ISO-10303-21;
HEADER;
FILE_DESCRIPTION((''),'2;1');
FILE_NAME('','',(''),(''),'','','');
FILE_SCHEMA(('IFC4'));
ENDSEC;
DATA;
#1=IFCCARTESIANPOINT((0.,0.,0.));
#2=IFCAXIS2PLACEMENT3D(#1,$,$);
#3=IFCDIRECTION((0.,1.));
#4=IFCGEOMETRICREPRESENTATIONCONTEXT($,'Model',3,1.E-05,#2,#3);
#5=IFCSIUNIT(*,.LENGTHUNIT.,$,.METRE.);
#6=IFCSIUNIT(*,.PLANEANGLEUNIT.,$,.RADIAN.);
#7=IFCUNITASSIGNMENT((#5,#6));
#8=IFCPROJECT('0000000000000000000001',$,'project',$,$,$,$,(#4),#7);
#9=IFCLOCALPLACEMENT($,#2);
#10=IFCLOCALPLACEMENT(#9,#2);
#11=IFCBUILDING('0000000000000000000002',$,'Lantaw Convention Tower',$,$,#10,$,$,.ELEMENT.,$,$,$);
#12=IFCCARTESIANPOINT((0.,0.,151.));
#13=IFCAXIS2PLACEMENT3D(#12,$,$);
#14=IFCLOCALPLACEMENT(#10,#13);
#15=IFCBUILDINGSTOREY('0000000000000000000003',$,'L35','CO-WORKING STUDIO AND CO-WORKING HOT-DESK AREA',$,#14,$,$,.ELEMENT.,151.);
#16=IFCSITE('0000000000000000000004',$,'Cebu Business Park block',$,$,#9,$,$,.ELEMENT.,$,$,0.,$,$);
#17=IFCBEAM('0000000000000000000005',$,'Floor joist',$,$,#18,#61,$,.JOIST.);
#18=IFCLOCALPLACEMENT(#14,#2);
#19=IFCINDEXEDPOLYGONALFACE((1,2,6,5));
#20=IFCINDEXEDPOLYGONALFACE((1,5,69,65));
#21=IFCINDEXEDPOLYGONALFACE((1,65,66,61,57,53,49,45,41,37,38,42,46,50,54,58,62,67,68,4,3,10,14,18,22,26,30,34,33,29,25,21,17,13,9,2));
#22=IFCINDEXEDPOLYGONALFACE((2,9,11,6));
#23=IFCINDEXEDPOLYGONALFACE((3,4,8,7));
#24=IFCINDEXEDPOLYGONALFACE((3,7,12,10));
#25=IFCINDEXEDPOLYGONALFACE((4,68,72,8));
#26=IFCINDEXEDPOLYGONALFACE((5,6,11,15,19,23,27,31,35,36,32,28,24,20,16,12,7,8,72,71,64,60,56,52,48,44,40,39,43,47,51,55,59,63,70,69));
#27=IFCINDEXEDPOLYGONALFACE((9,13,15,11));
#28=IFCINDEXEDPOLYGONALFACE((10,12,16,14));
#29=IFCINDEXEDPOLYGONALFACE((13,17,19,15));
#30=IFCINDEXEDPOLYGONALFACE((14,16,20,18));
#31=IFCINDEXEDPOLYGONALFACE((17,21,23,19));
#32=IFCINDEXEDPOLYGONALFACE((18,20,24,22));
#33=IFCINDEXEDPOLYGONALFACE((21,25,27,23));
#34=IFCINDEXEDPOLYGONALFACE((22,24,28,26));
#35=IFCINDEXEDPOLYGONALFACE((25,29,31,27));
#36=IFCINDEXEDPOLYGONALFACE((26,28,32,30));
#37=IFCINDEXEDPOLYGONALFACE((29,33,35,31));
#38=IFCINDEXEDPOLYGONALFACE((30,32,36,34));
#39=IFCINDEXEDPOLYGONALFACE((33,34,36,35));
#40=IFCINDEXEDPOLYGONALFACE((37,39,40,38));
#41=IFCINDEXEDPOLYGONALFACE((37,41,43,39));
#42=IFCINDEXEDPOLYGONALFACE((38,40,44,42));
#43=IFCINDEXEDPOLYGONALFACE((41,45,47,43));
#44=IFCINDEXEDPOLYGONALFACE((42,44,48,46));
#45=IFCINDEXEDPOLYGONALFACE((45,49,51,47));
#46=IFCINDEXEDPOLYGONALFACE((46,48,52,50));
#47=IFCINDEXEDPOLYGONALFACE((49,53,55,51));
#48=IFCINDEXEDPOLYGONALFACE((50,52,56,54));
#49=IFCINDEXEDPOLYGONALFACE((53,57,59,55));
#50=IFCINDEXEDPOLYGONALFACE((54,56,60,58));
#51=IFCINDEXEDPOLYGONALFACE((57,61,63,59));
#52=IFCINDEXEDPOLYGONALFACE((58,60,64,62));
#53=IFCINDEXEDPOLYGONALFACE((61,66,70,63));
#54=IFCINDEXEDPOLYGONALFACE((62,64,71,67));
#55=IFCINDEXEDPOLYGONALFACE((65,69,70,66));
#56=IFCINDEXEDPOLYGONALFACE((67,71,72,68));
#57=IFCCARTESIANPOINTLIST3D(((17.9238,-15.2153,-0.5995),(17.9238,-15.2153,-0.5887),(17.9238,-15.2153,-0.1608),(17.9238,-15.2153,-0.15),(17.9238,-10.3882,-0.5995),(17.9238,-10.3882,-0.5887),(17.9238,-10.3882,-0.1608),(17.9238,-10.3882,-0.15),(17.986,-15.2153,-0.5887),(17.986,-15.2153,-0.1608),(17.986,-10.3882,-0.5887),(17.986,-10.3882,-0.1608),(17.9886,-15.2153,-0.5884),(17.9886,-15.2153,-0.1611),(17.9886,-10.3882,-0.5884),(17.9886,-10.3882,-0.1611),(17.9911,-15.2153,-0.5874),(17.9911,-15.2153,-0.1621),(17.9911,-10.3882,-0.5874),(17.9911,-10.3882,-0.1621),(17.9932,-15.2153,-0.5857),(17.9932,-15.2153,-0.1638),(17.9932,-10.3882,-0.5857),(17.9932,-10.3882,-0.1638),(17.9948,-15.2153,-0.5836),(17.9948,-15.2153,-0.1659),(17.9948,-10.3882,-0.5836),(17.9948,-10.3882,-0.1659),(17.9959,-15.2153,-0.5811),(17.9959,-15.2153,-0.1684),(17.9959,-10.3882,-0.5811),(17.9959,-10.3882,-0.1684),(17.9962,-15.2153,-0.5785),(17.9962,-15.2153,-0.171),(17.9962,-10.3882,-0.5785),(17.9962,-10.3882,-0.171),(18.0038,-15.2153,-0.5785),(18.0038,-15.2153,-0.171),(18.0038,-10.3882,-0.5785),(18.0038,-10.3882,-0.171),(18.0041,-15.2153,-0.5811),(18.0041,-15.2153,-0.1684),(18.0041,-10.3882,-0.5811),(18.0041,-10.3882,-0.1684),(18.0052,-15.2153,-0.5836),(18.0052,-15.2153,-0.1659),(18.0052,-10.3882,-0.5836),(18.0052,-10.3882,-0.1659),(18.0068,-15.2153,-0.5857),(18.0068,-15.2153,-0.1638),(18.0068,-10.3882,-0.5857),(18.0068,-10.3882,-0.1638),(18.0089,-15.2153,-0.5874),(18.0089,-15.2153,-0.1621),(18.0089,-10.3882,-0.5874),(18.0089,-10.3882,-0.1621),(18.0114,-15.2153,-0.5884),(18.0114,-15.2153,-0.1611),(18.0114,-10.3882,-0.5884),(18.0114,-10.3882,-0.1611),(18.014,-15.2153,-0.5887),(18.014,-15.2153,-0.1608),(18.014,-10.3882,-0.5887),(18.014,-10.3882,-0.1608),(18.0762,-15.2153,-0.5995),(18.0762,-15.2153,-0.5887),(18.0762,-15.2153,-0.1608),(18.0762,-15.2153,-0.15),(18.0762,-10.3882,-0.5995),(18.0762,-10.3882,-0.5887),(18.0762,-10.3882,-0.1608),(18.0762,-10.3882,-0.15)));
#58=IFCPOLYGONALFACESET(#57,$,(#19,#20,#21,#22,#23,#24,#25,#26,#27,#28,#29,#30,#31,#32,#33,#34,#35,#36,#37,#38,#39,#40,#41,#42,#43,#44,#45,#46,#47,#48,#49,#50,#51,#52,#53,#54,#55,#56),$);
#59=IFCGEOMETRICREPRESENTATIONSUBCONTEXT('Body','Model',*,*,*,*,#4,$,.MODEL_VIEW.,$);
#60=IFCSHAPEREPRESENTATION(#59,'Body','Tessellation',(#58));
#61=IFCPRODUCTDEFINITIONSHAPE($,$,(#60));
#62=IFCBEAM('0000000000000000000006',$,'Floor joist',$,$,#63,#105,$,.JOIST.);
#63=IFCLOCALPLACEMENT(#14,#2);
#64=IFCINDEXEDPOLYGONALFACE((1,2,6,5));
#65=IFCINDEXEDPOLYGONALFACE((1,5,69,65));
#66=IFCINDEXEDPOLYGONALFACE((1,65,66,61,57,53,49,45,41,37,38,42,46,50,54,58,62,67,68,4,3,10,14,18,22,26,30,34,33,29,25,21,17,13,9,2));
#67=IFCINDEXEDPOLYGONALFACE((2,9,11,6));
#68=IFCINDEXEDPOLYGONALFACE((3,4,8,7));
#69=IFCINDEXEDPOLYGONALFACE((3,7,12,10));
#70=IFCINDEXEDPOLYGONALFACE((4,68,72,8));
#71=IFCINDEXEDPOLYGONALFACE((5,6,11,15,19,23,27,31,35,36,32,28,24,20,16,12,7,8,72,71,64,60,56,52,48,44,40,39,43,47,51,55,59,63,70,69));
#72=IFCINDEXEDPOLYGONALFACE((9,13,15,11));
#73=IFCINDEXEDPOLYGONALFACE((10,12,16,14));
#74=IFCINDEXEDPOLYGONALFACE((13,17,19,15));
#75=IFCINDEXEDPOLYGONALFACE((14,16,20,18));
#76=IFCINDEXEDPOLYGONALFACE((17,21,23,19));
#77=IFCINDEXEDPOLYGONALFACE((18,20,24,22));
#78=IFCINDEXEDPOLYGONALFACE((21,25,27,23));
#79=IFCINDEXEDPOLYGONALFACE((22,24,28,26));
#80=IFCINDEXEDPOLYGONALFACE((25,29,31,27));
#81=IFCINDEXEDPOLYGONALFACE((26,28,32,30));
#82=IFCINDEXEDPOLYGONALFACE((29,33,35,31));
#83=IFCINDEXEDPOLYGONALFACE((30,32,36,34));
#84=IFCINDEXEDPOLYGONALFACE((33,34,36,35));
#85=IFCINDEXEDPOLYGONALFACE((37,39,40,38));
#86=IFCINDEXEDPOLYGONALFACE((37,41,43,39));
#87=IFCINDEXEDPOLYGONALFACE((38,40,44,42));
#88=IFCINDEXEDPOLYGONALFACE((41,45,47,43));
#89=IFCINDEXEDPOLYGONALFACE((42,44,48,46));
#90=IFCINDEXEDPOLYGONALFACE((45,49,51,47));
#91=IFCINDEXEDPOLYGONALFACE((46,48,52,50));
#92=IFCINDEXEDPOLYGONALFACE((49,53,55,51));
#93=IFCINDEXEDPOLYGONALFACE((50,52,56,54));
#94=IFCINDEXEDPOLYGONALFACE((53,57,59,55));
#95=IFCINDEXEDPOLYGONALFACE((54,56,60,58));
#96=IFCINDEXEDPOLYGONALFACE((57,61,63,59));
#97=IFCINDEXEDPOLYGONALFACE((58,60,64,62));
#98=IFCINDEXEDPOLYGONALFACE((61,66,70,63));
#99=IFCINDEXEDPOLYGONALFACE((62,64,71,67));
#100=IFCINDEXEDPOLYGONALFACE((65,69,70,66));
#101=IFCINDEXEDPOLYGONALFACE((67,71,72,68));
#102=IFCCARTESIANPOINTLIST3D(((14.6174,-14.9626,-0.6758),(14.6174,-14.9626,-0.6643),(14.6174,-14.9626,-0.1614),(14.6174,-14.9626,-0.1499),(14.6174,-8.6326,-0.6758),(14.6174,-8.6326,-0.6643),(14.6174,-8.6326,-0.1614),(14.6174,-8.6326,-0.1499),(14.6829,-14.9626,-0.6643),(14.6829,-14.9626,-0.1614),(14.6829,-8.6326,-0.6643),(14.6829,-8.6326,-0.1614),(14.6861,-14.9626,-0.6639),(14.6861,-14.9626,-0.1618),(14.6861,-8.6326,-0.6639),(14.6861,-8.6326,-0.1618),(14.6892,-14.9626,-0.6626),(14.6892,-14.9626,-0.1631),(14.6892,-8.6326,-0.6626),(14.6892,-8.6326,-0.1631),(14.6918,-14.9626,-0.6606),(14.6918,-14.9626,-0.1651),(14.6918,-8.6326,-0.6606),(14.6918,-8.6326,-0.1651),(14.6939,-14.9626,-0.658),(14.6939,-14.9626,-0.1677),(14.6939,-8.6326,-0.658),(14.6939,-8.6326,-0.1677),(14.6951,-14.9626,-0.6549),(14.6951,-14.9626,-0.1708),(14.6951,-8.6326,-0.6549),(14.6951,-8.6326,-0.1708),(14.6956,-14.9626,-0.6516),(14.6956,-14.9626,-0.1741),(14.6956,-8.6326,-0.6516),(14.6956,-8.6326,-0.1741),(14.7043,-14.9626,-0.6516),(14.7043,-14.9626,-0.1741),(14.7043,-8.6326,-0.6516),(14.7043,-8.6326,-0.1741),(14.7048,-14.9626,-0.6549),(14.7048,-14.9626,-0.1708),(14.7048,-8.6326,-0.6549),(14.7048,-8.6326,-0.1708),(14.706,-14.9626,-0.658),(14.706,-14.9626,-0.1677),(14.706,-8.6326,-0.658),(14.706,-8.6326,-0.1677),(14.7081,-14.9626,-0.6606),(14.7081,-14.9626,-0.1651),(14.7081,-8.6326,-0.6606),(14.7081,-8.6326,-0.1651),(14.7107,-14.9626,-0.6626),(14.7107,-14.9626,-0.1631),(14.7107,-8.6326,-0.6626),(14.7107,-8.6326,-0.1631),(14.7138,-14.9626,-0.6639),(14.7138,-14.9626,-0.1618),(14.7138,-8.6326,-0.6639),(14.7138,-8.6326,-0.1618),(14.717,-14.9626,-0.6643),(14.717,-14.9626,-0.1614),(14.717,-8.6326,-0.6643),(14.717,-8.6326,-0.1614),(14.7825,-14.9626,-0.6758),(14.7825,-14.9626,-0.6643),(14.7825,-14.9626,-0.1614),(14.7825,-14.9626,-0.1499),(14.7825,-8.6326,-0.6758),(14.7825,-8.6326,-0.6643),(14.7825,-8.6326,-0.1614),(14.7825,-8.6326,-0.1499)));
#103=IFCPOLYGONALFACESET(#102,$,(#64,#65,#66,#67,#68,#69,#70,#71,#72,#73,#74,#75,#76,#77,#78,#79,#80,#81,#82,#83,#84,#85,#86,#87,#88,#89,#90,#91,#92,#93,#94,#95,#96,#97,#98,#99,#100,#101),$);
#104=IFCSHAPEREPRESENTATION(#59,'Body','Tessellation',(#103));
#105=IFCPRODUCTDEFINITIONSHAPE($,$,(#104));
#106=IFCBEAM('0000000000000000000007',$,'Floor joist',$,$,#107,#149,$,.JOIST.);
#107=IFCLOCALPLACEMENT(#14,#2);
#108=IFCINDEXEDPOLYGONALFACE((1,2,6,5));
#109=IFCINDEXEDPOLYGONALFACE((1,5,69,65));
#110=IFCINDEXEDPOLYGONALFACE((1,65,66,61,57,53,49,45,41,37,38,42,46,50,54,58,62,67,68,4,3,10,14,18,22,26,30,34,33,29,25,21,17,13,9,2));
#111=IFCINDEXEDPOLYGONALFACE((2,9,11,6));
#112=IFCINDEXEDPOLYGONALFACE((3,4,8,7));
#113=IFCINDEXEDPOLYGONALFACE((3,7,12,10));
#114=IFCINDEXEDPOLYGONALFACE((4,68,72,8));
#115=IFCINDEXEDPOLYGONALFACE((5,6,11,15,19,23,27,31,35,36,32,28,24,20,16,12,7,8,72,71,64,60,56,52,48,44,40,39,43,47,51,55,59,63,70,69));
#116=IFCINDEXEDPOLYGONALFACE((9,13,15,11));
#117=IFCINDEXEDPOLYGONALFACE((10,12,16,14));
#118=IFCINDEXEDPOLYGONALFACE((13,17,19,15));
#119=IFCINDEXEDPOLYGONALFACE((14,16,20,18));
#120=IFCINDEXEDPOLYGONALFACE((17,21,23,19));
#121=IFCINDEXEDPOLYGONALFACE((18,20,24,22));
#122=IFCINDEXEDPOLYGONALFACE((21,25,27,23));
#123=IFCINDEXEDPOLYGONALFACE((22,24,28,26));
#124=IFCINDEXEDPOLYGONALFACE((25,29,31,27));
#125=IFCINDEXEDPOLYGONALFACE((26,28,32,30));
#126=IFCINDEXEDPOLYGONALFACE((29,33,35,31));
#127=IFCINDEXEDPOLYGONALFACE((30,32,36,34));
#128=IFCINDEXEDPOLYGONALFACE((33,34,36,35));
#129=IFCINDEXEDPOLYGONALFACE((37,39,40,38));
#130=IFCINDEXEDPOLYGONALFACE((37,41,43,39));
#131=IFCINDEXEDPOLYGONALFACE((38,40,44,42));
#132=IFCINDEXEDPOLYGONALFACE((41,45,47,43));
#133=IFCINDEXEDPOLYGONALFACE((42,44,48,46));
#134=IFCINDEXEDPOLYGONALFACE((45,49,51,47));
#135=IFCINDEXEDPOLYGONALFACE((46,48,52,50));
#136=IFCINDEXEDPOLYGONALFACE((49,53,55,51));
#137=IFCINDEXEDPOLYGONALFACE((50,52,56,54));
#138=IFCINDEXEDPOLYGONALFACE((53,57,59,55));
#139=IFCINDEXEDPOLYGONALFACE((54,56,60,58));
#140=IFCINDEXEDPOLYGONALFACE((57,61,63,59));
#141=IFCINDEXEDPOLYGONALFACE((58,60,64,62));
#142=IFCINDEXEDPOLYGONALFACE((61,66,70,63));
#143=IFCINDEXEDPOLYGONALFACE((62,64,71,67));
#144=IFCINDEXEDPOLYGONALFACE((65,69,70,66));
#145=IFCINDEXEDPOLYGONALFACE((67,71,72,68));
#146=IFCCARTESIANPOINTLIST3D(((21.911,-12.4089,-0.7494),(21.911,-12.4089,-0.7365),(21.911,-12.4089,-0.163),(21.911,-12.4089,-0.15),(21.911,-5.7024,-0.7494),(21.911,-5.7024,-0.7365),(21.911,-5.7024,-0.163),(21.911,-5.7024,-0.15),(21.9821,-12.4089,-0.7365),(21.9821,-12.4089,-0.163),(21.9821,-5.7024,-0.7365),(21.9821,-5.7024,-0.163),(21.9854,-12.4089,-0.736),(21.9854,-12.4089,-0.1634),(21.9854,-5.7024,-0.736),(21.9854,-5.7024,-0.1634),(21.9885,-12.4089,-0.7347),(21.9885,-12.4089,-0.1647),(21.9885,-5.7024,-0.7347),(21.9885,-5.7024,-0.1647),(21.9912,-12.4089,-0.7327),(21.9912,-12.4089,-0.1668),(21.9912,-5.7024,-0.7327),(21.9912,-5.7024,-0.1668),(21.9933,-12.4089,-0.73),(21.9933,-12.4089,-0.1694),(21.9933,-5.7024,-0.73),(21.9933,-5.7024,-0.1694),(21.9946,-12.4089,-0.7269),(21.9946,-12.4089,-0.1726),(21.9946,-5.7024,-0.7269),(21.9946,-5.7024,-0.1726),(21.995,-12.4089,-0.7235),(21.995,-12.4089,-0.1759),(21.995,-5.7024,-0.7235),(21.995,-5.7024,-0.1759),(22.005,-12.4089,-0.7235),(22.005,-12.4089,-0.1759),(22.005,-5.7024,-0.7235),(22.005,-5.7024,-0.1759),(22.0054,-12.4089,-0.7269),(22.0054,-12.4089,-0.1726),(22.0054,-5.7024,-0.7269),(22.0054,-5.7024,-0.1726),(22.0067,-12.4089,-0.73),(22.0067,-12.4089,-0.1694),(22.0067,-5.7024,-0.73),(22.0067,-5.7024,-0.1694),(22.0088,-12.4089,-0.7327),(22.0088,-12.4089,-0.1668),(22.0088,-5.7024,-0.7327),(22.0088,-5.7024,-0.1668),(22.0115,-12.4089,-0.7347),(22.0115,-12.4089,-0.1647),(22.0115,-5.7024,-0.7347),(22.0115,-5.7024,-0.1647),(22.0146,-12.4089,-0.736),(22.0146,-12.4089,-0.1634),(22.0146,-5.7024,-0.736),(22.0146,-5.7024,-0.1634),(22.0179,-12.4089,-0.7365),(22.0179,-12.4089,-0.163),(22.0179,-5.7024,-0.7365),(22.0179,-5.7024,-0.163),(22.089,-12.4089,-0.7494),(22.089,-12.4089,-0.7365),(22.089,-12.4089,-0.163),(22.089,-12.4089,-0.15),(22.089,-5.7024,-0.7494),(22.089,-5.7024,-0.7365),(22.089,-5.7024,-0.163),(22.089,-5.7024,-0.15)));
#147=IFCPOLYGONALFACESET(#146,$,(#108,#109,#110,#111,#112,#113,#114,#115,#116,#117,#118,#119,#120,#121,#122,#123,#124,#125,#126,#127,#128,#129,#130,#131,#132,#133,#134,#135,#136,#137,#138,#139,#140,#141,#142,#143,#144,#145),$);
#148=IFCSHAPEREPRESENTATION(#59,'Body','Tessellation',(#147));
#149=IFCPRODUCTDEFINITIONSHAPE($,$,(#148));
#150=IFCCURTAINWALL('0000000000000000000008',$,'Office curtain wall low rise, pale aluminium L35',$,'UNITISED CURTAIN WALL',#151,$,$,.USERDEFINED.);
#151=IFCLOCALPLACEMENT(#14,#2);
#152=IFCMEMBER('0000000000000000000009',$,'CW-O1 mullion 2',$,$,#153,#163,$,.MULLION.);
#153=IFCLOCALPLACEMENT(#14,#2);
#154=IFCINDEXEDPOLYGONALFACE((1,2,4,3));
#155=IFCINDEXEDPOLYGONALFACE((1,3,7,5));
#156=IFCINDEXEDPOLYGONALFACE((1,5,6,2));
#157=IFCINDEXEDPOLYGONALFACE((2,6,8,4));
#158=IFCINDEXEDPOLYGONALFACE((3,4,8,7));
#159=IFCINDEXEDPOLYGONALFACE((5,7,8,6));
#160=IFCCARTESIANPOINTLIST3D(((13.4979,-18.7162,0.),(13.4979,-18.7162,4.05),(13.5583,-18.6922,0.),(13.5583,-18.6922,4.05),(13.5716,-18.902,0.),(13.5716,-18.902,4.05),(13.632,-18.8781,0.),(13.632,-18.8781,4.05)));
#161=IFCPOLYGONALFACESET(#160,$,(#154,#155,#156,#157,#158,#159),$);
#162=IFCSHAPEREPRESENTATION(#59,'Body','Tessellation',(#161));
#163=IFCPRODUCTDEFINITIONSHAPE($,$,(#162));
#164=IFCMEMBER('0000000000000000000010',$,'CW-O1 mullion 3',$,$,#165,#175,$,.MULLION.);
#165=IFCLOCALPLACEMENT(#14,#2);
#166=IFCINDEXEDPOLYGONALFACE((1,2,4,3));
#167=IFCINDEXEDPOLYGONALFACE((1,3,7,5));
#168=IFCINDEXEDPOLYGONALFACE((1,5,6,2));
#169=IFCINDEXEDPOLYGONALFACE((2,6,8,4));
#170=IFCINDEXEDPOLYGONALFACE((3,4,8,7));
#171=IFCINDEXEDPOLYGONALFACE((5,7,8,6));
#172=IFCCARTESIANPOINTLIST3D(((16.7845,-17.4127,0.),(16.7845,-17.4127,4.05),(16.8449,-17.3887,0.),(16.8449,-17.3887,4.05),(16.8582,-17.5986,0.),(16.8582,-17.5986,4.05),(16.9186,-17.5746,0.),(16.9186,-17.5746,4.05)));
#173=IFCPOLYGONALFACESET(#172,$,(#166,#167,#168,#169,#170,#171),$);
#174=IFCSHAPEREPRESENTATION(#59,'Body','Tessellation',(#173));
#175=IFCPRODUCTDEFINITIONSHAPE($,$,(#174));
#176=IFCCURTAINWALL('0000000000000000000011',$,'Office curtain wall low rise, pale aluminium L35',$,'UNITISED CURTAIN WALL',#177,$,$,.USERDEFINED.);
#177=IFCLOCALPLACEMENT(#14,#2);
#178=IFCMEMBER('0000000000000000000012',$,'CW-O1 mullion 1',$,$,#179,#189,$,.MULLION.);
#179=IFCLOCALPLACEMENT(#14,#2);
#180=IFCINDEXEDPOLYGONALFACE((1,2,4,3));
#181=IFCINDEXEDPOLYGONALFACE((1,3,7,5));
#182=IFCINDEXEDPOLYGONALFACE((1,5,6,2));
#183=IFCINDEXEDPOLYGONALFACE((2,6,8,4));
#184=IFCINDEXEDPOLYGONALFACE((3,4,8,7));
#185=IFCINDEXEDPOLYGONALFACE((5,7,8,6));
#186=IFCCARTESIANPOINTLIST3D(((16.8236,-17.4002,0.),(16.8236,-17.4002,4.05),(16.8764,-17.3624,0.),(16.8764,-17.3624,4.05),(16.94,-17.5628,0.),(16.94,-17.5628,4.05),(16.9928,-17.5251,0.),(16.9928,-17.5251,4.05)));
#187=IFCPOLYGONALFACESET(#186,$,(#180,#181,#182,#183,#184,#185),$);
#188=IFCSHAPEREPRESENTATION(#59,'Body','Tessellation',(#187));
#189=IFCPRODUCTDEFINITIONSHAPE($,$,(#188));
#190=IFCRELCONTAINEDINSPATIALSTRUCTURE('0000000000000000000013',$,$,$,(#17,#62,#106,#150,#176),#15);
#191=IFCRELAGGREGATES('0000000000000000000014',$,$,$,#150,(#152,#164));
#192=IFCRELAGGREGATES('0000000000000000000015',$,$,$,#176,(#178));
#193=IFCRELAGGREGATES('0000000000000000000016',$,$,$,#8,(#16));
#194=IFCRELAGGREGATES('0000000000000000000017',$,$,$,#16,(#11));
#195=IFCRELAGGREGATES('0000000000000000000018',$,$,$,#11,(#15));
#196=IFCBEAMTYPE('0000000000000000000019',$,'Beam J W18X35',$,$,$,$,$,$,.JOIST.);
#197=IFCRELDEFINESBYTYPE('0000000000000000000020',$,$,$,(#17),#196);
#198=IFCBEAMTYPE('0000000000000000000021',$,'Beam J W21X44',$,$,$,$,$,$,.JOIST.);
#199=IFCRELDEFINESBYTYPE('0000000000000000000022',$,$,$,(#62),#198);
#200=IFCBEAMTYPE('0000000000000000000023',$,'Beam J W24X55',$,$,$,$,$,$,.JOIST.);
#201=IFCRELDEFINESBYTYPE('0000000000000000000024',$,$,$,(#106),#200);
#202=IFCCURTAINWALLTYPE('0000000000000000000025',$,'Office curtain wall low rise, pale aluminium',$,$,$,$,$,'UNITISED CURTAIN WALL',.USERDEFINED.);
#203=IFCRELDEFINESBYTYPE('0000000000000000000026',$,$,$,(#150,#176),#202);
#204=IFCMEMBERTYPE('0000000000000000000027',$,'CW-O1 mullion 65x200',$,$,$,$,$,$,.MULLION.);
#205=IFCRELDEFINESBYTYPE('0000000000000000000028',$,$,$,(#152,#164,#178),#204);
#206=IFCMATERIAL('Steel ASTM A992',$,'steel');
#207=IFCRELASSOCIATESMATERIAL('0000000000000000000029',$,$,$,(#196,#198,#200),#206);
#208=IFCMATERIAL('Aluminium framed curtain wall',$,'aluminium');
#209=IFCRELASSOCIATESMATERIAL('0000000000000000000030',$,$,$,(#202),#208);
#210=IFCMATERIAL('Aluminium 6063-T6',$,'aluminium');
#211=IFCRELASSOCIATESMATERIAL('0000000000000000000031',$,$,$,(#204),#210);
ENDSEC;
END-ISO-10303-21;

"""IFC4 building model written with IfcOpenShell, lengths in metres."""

from ifc_helpers import new_model, si_unit, direction, frame, origin, origin_2d, place, context, subcontext, project, spatial, rectangle, i_section, extrude, material, material_profile, profile_set, type_object, element, aggregate, save


model = new_model("IFC4")

# Units and contexts
model_context = context("Model", 3, precision=1e-05, world=origin(), true_north=direction((0.0, 1.0)))
body_context = subcontext(model_context, "Body", "Model", "MODEL_VIEW")
ifc_project = project(units=[si_unit("LENGTHUNIT", "METRE"), si_unit("PLANEANGLEUNIT", "RADIAN")], contexts=[model_context])

# Site, building, storey
site_placement = place(None, origin())
site = spatial("IfcSite", under=ifc_project, at=site_placement, Name="Cebu Business Park block", CompositionType="ELEMENT", RefElevation=0.0)
building_placement = place(site_placement, origin())
building = spatial("IfcBuilding", under=site, at=building_placement, Name="Lantaw Convention Tower", CompositionType="ELEMENT")
storey_placement = place(building_placement, frame((0.0, 0.0, 151.0)))
storey = spatial("IfcBuildingStorey", under=building, at=storey_placement, Name="L35", Description="CO-WORKING STUDIO AND CO-WORKING HOT-DESK AREA", CompositionType="ELEMENT", Elevation=151.0)

# Beams
ifc_material_1 = material(Name="Steel ASTM A992", Category="steel")
ifc_material_profile_1 = material_profile(ifc_material_1, i_section(OverallWidth=0.1523, OverallDepth=0.4495, WebThickness=0.0076, FlangeThickness=0.0107, FilletRadius=0.0103, at=origin_2d()), Name="W18X35")
ifc_profile_set_1 = profile_set([ifc_material_profile_1], Name="Steel ASTM A992")
beam_type_1 = type_object("IfcBeamType", Name="Beam J W18X35", PredefinedType="JOIST", material=ifc_profile_set_1)
beam_1_placement = place(storey_placement, frame((18.0, -15.2153, -0.3748), z_axis=(0.0, 1.0, 0.0), x_axis=(-1.0, 0.0, 0.0)))
element("IfcBeam", 1, at=beam_1_placement, inside=storey, type_object=beam_type_1, Name="Floor joist", PredefinedType="JOIST", context=body_context, shape_type="SweptSolid", body=[
    extrude(i_section(OverallWidth=0.1523, OverallDepth=0.4495, WebThickness=0.0076, FlangeThickness=0.0107, FilletRadius=0.0103, at=origin_2d()), origin(), (0.0, 0.0, 1.0), 4.8271),
])
ifc_material_profile_2 = material_profile(ifc_material_1, i_section(OverallWidth=0.165, OverallDepth=0.5259, WebThickness=0.0088, FlangeThickness=0.0115, FilletRadius=0.0127, at=origin_2d()), Name="W21X44")
ifc_profile_set_2 = profile_set([ifc_material_profile_2], Name="Steel ASTM A992")
beam_type_2 = type_object("IfcBeamType", Name="Beam J W21X44", PredefinedType="JOIST", material=ifc_profile_set_2)
beam_2_placement = place(storey_placement, frame((14.7, -14.9626, -0.4128), z_axis=(0.0, 1.0, 0.0), x_axis=(-1.0, 0.0, 0.0)))
element("IfcBeam", 2, at=beam_2_placement, inside=storey, type_object=beam_type_2, Name="Floor joist", PredefinedType="JOIST", context=body_context, shape_type="SweptSolid", body=[
    extrude(i_section(OverallWidth=0.165, OverallDepth=0.5259, WebThickness=0.0088, FlangeThickness=0.0115, FilletRadius=0.0127, at=origin_2d()), origin(), (0.0, 0.0, 1.0), 6.3301),
])
ifc_material_profile_3 = material_profile(ifc_material_1, i_section(OverallWidth=0.178, OverallDepth=0.5994, WebThickness=0.01, FlangeThickness=0.0129, FilletRadius=0.0129, at=origin_2d()), Name="W24X55")
ifc_profile_set_3 = profile_set([ifc_material_profile_3], Name="Steel ASTM A992")
beam_type_3 = type_object("IfcBeamType", Name="Beam J W24X55", PredefinedType="JOIST", material=ifc_profile_set_3)
beam_3_placement = place(storey_placement, frame((22.0, -12.4089, -0.4497), z_axis=(0.0, 1.0, 0.0), x_axis=(-1.0, 0.0, 0.0)))
element("IfcBeam", 3, at=beam_3_placement, inside=storey, type_object=beam_type_3, Name="Floor joist", PredefinedType="JOIST", context=body_context, shape_type="SweptSolid", body=[
    extrude(i_section(OverallWidth=0.178, OverallDepth=0.5994, WebThickness=0.01, FlangeThickness=0.0129, FilletRadius=0.0129, at=origin_2d()), origin(), (0.0, 0.0, 1.0), 6.7065),
])

# Curtain walls, members
ifc_material_2 = material(Name="Aluminium framed curtain wall", Category="aluminium")
curtain_wall_type = type_object("IfcCurtainWallType", Name="Office curtain wall low rise, pale aluminium", ElementType="UNITISED CURTAIN WALL", PredefinedType="USERDEFINED", material=ifc_material_2)
curtain_wall_1_placement = place(storey_placement, origin())
curtain_wall_1 = element("IfcCurtainWall", 4, at=curtain_wall_1_placement, inside=storey, type_object=curtain_wall_type, Name="Office curtain wall low rise, pale aluminium L35", ObjectType="UNITISED CURTAIN WALL", PredefinedType="USERDEFINED")
ifc_material_3 = material(Name="Aluminium 6063-T6", Category="aluminium")
ifc_material_profile_4 = material_profile(ifc_material_3, rectangle(XDim=0.2, YDim=0.0649, at=origin_2d()), Name="CW-O1 mullion 65x200")
ifc_profile_set_4 = profile_set([ifc_material_profile_4], Name="Aluminium 6063-T6")
member_type_1 = type_object("IfcMemberType", Name="CW-O1 mullion 65x200", PredefinedType="MULLION", material=ifc_profile_set_4)
member_1_placement = place(storey_placement, frame((13.5649, -18.7971, 0.0), z_axis=(0.0, 0.0, 1.0), x_axis=(-0.368702, 0.929548, 0.0)))
member_1 = element("IfcMember", 5, at=member_1_placement, type_object=member_type_1, Name="CW-O1 mullion 2", PredefinedType="MULLION", context=body_context, shape_type="SweptSolid", body=[
    extrude(rectangle(XDim=0.2, YDim=0.0649, at=origin_2d()), origin(), (0.0, 0.0, 1.0), 4.05),
])
member_2_placement = place(storey_placement, frame((16.8516, -17.4937, 0.0), z_axis=(0.0, 0.0, 1.0), x_axis=(-0.368702, 0.929548, 0.0)))
member_2 = element("IfcMember", 6, at=member_2_placement, type_object=member_type_1, Name="CW-O1 mullion 3", PredefinedType="MULLION", context=body_context, shape_type="SweptSolid", body=[
    extrude(rectangle(XDim=0.2, YDim=0.0649, at=origin_2d()), origin(), (0.0, 0.0, 1.0), 4.05),
])
curtain_wall_2_placement = place(storey_placement, origin())
curtain_wall_2 = element("IfcCurtainWall", 7, at=curtain_wall_2_placement, inside=storey, type_object=curtain_wall_type, Name="Office curtain wall low rise, pale aluminium L35", ObjectType="UNITISED CURTAIN WALL", PredefinedType="USERDEFINED")
member_3_placement = place(storey_placement, frame((16.9082, -17.4626, 0.0), z_axis=(0.0, 0.0, 1.0), x_axis=(-0.581973, 0.813208, 0.0)))
member_3 = element("IfcMember", 8, at=member_3_placement, type_object=member_type_1, Name="CW-O1 mullion 1", PredefinedType="MULLION", context=body_context, shape_type="SweptSolid", body=[
    extrude(rectangle(XDim=0.2, YDim=0.0649, at=origin_2d()), origin(), (0.0, 0.0, 1.0), 4.05),
])

aggregate(curtain_wall_1, [member_1, member_2])
aggregate(curtain_wall_2, [member_3])

save(model, "model.ifc")
